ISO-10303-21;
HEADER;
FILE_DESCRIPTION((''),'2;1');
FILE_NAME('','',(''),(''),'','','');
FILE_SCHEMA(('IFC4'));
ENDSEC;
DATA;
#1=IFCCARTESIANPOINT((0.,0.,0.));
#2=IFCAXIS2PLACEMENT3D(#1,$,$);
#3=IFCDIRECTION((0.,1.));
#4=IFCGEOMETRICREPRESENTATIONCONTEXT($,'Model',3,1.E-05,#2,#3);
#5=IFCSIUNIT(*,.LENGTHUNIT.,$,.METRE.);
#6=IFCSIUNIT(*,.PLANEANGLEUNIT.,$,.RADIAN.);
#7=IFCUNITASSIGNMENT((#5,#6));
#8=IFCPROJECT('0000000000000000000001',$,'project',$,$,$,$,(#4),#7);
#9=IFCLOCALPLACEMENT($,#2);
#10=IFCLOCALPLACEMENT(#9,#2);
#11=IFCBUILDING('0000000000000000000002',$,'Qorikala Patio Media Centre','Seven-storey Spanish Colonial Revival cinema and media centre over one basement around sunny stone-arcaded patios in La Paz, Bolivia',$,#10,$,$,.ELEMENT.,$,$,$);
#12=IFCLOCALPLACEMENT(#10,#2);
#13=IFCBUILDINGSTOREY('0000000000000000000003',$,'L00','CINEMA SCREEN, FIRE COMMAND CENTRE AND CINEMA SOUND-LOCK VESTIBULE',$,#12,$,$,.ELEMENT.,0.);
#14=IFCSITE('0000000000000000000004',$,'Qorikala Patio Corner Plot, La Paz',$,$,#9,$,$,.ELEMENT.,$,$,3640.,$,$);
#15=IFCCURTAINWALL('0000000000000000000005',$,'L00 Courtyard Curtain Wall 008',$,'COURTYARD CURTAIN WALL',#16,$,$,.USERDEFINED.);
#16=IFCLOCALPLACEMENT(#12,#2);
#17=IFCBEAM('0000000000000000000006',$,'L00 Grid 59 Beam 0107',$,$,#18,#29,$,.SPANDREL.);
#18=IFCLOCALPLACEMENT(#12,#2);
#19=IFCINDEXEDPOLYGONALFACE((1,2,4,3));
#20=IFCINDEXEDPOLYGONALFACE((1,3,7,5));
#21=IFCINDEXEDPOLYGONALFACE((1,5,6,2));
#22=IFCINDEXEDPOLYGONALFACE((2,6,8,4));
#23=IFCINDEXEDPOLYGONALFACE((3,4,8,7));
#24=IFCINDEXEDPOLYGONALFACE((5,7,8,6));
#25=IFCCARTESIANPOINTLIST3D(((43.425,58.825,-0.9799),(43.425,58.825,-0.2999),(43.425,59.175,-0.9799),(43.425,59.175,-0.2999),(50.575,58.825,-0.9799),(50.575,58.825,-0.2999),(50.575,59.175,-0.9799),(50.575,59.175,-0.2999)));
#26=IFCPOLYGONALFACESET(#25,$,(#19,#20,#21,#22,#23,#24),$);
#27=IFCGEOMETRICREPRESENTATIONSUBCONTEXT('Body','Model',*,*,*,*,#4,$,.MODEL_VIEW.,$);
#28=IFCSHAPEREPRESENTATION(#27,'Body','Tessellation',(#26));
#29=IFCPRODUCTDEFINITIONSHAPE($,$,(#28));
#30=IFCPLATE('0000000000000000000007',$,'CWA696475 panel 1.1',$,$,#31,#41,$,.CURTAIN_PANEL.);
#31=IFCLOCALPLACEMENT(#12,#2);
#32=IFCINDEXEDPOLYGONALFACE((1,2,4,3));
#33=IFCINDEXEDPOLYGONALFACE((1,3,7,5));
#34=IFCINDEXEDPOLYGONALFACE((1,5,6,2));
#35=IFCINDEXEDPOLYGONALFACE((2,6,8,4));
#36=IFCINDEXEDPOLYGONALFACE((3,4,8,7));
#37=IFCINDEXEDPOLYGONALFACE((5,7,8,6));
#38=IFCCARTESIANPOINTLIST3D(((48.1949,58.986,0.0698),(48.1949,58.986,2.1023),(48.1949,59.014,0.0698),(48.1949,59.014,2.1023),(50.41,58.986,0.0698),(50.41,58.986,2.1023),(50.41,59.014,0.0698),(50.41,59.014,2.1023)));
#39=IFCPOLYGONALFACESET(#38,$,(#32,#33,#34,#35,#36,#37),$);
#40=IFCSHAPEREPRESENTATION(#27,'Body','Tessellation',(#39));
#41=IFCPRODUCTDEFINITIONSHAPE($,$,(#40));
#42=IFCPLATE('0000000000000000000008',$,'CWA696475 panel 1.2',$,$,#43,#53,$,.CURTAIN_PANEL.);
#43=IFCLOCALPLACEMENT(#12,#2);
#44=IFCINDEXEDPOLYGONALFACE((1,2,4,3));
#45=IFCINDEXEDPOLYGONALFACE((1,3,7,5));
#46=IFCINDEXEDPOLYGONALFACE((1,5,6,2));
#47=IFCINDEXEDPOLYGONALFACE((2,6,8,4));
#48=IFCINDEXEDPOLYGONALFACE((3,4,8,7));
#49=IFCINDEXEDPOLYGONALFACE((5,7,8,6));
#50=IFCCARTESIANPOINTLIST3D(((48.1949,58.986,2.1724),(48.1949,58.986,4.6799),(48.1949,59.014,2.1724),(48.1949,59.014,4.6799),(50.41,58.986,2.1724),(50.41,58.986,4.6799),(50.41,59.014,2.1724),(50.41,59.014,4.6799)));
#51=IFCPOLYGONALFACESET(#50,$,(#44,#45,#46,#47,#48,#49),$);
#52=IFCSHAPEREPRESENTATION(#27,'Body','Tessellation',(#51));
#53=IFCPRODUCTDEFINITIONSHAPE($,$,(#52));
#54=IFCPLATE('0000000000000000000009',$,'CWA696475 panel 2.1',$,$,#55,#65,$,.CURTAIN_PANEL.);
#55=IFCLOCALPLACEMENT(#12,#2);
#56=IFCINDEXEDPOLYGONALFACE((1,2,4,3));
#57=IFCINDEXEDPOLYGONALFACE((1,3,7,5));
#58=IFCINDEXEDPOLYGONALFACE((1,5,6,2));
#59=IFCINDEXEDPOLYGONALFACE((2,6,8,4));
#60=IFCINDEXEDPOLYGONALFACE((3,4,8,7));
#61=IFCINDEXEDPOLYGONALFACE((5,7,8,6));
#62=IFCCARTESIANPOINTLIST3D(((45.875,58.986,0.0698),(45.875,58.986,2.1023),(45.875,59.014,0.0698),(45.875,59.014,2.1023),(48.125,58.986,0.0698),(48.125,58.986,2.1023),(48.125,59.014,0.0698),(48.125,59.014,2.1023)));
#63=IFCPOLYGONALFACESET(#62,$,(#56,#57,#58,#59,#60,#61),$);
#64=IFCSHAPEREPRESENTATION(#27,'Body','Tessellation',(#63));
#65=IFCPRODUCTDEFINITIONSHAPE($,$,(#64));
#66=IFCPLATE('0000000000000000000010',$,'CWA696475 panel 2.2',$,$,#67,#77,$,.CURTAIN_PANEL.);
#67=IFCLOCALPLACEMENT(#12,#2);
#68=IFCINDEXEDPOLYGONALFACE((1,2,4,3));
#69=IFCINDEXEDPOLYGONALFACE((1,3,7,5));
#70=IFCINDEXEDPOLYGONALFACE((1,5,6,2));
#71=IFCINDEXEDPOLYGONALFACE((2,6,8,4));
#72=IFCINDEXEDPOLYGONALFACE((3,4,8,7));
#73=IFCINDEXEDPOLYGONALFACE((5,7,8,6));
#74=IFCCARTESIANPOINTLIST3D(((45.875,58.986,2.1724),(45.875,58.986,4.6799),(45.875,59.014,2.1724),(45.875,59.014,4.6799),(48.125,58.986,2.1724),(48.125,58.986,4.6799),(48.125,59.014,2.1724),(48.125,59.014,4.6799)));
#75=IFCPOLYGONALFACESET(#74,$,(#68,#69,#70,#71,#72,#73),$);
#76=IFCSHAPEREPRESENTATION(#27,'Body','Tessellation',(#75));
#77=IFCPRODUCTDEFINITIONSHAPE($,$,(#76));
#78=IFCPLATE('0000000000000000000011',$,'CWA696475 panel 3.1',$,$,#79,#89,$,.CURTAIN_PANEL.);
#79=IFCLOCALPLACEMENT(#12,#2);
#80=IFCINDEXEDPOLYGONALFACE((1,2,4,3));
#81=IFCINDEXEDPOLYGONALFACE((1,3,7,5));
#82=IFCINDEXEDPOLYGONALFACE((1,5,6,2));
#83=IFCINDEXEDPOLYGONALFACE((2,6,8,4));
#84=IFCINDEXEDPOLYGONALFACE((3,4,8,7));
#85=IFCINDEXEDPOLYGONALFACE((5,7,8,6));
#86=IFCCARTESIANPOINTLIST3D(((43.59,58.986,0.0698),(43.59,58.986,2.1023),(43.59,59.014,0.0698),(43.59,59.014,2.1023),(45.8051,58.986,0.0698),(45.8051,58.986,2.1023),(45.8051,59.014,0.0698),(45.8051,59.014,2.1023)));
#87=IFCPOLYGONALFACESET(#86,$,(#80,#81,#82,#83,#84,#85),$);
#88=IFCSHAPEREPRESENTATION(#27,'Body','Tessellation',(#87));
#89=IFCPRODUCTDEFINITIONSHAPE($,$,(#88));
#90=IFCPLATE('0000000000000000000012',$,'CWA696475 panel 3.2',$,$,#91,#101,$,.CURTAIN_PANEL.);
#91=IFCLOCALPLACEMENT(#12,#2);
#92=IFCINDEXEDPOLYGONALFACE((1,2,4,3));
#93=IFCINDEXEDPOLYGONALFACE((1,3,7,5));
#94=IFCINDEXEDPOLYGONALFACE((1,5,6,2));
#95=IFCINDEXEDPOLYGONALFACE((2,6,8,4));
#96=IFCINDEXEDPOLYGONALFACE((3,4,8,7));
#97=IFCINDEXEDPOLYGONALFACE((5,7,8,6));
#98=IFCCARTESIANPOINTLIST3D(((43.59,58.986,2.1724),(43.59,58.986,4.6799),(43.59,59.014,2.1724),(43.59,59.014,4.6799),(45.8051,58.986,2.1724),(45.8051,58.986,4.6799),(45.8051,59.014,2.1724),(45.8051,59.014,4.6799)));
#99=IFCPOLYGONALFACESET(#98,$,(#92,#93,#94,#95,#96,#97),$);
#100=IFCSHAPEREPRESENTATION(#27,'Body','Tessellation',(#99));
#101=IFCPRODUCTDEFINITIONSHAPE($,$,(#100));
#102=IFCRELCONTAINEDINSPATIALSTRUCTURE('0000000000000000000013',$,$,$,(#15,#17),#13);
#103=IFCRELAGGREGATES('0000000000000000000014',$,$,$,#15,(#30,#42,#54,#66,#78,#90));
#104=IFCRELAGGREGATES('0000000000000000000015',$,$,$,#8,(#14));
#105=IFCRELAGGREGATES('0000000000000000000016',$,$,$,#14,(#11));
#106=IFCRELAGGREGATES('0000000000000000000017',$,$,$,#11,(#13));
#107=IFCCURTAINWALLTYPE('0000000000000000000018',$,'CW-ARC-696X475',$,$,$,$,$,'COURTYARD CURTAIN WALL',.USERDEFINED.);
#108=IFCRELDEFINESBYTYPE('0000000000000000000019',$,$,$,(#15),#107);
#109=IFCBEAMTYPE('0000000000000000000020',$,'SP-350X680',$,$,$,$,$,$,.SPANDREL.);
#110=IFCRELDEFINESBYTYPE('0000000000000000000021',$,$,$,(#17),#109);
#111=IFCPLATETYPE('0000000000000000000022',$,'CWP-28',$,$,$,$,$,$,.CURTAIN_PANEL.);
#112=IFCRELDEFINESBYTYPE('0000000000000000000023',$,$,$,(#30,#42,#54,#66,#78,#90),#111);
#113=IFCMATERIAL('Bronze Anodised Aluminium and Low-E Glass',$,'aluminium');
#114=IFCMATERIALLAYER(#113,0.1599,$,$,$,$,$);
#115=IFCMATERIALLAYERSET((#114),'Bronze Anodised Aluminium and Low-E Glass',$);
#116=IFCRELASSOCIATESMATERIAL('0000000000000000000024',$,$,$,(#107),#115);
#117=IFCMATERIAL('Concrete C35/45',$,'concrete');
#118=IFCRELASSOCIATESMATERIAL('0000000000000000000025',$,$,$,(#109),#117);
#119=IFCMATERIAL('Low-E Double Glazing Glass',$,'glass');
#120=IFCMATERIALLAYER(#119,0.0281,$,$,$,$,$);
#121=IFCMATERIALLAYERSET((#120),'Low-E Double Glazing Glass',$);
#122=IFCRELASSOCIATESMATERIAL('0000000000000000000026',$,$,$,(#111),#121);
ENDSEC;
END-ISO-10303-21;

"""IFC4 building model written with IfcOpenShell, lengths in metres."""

from ifc_helpers import new_model, si_unit, direction, frame, origin, origin_2d, place, context, subcontext, project, spatial, rectangle, extrude, material, layer, layer_set, material_profile, profile_set, type_object, element, aggregate, save


model = new_model("IFC4")

# Units and contexts
model_context = context("Model", 3, precision=1e-05, world=origin(), true_north=direction((0.0, 1.0)))
body_context = subcontext(model_context, "Body", "Model", "MODEL_VIEW")
ifc_project = project(units=[si_unit("LENGTHUNIT", "METRE"), si_unit("PLANEANGLEUNIT", "RADIAN")], contexts=[model_context])

# Site, building, storey
site_placement = place(None, origin())
site = spatial("IfcSite", under=ifc_project, at=site_placement, Name="Qorikala Patio Corner Plot, La Paz", CompositionType="ELEMENT", RefElevation=3640.0)
building_placement = place(site_placement, origin())
building = spatial("IfcBuilding", under=site, at=building_placement, Name="Qorikala Patio Media Centre", Description="Seven-storey Spanish Colonial Revival cinema and media centre over one basement around sunny stone-arcaded patios in La Paz, Bolivia", CompositionType="ELEMENT")
storey_placement = place(building_placement, origin())
storey = spatial("IfcBuildingStorey", under=building, at=storey_placement, Name="L00", Description="CINEMA SCREEN, FIRE COMMAND CENTRE AND CINEMA SOUND-LOCK VESTIBULE", CompositionType="ELEMENT", Elevation=0.0)

# Shared definitions
ifc_material_1 = material(Name="Concrete C35/45", Category="concrete")

# Curtain wall
ifc_material_2 = material(Name="Bronze Anodised Aluminium and Low-E Glass", Category="aluminium")
ifc_layer_1 = layer(ifc_material_2, 0.1599)
ifc_layer_set_1 = layer_set([ifc_layer_1], Name="Bronze Anodised Aluminium and Low-E Glass")
curtain_wall_type = type_object("IfcCurtainWallType", Name="CW-ARC-696X475", ElementType="COURTYARD CURTAIN WALL", PredefinedType="USERDEFINED", material=ifc_layer_set_1)
curtain_wall_placement = place(storey_placement, origin())
curtain_wall = element("IfcCurtainWall", 1, at=curtain_wall_placement, inside=storey, type_object=curtain_wall_type, Name="L00 Courtyard Curtain Wall 008", ObjectType="COURTYARD CURTAIN WALL", PredefinedType="USERDEFINED")

# Beam
ifc_material_profile_1 = material_profile(ifc_material_1, rectangle(XDim=0.3501, YDim=0.6799, at=origin_2d()), Name="RC 350x680")
ifc_profile_set_1 = profile_set([ifc_material_profile_1], Name="Concrete C35/45")
beam_type = type_object("IfcBeamType", Name="SP-350X680", PredefinedType="SPANDREL", material=ifc_profile_set_1)
beam_placement = place(storey_placement, frame((43.425, 59.0, -0.6399), z_axis=(1.0, 0.0, 0.0), x_axis=(0.0, 1.0, 0.0)))
element("IfcBeam", 2, at=beam_placement, inside=storey, type_object=beam_type, Name="L00 Grid 59 Beam 0107", PredefinedType="SPANDREL", context=body_context, shape_type="SweptSolid", body=[
    extrude(rectangle(XDim=0.3501, YDim=0.6799, at=origin_2d()), origin(), (0.0, 0.0, 1.0), 7.1499),
])

# Plates
ifc_material_3 = material(Name="Low-E Double Glazing Glass", Category="glass")
ifc_layer_2 = layer(ifc_material_3, 0.0281)
ifc_layer_set_2 = layer_set([ifc_layer_2], Name="Low-E Double Glazing Glass")
plate_type = type_object("IfcPlateType", Name="CWP-28", PredefinedType="CURTAIN_PANEL", material=ifc_layer_set_2)
plate_1_placement = place(storey_placement, frame((49.3025, 59.0, 0.0698), z_axis=(0.0, 0.0, 1.0), x_axis=(-1.0, 0.0, 0.0)))
plate_1 = element("IfcPlate", 3, at=plate_1_placement, type_object=plate_type, Name="CWA696475 panel 1.1", PredefinedType="CURTAIN_PANEL", context=body_context, shape_type="SweptSolid", body=[
    extrude(rectangle(XDim=2.2151, YDim=0.0281, at=origin_2d()), origin(), (0.0, 0.0, 1.0), 2.0325),
])
plate_2_placement = place(storey_placement, frame((49.3025, 59.0, 2.1724), z_axis=(0.0, 0.0, 1.0), x_axis=(-1.0, 0.0, 0.0)))
plate_2 = element("IfcPlate", 4, at=plate_2_placement, type_object=plate_type, Name="CWA696475 panel 1.2", PredefinedType="CURTAIN_PANEL", context=body_context, shape_type="SweptSolid", body=[
    extrude(rectangle(XDim=2.2151, YDim=0.0281, at=origin_2d()), origin(), (0.0, 0.0, 1.0), 2.5076),
])
plate_3_placement = place(storey_placement, frame((47.0, 59.0, 0.0698), z_axis=(0.0, 0.0, 1.0), x_axis=(-1.0, 0.0, 0.0)))
plate_3 = element("IfcPlate", 5, at=plate_3_placement, type_object=plate_type, Name="CWA696475 panel 2.1", PredefinedType="CURTAIN_PANEL", context=body_context, shape_type="SweptSolid", body=[
    extrude(rectangle(XDim=2.25, YDim=0.0281, at=origin_2d()), origin(), (0.0, 0.0, 1.0), 2.0325),
])
plate_4_placement = place(storey_placement, frame((47.0, 59.0, 2.1724), z_axis=(0.0, 0.0, 1.0), x_axis=(-1.0, 0.0, 0.0)))
plate_4 = element("IfcPlate", 6, at=plate_4_placement, type_object=plate_type, Name="CWA696475 panel 2.2", PredefinedType="CURTAIN_PANEL", context=body_context, shape_type="SweptSolid", body=[
    extrude(rectangle(XDim=2.25, YDim=0.0281, at=origin_2d()), origin(), (0.0, 0.0, 1.0), 2.5076),
])
plate_5_placement = place(storey_placement, frame((44.6975, 59.0, 0.0698), z_axis=(0.0, 0.0, 1.0), x_axis=(-1.0, 0.0, 0.0)))
plate_5 = element("IfcPlate", 7, at=plate_5_placement, type_object=plate_type, Name="CWA696475 panel 3.1", PredefinedType="CURTAIN_PANEL", context=body_context, shape_type="SweptSolid", body=[
    extrude(rectangle(XDim=2.2151, YDim=0.0281, at=origin_2d()), origin(), (0.0, 0.0, 1.0), 2.0325),
])
plate_6_placement = place(storey_placement, frame((44.6975, 59.0, 2.1724), z_axis=(0.0, 0.0, 1.0), x_axis=(-1.0, 0.0, 0.0)))
plate_6 = element("IfcPlate", 8, at=plate_6_placement, type_object=plate_type, Name="CWA696475 panel 3.2", PredefinedType="CURTAIN_PANEL", context=body_context, shape_type="SweptSolid", body=[
    extrude(rectangle(XDim=2.2151, YDim=0.0281, at=origin_2d()), origin(), (0.0, 0.0, 1.0), 2.5076),
])
aggregate(curtain_wall, [plate_1, plate_2, plate_3, plate_4, plate_5, plate_6])

save(model, "model.ifc")
